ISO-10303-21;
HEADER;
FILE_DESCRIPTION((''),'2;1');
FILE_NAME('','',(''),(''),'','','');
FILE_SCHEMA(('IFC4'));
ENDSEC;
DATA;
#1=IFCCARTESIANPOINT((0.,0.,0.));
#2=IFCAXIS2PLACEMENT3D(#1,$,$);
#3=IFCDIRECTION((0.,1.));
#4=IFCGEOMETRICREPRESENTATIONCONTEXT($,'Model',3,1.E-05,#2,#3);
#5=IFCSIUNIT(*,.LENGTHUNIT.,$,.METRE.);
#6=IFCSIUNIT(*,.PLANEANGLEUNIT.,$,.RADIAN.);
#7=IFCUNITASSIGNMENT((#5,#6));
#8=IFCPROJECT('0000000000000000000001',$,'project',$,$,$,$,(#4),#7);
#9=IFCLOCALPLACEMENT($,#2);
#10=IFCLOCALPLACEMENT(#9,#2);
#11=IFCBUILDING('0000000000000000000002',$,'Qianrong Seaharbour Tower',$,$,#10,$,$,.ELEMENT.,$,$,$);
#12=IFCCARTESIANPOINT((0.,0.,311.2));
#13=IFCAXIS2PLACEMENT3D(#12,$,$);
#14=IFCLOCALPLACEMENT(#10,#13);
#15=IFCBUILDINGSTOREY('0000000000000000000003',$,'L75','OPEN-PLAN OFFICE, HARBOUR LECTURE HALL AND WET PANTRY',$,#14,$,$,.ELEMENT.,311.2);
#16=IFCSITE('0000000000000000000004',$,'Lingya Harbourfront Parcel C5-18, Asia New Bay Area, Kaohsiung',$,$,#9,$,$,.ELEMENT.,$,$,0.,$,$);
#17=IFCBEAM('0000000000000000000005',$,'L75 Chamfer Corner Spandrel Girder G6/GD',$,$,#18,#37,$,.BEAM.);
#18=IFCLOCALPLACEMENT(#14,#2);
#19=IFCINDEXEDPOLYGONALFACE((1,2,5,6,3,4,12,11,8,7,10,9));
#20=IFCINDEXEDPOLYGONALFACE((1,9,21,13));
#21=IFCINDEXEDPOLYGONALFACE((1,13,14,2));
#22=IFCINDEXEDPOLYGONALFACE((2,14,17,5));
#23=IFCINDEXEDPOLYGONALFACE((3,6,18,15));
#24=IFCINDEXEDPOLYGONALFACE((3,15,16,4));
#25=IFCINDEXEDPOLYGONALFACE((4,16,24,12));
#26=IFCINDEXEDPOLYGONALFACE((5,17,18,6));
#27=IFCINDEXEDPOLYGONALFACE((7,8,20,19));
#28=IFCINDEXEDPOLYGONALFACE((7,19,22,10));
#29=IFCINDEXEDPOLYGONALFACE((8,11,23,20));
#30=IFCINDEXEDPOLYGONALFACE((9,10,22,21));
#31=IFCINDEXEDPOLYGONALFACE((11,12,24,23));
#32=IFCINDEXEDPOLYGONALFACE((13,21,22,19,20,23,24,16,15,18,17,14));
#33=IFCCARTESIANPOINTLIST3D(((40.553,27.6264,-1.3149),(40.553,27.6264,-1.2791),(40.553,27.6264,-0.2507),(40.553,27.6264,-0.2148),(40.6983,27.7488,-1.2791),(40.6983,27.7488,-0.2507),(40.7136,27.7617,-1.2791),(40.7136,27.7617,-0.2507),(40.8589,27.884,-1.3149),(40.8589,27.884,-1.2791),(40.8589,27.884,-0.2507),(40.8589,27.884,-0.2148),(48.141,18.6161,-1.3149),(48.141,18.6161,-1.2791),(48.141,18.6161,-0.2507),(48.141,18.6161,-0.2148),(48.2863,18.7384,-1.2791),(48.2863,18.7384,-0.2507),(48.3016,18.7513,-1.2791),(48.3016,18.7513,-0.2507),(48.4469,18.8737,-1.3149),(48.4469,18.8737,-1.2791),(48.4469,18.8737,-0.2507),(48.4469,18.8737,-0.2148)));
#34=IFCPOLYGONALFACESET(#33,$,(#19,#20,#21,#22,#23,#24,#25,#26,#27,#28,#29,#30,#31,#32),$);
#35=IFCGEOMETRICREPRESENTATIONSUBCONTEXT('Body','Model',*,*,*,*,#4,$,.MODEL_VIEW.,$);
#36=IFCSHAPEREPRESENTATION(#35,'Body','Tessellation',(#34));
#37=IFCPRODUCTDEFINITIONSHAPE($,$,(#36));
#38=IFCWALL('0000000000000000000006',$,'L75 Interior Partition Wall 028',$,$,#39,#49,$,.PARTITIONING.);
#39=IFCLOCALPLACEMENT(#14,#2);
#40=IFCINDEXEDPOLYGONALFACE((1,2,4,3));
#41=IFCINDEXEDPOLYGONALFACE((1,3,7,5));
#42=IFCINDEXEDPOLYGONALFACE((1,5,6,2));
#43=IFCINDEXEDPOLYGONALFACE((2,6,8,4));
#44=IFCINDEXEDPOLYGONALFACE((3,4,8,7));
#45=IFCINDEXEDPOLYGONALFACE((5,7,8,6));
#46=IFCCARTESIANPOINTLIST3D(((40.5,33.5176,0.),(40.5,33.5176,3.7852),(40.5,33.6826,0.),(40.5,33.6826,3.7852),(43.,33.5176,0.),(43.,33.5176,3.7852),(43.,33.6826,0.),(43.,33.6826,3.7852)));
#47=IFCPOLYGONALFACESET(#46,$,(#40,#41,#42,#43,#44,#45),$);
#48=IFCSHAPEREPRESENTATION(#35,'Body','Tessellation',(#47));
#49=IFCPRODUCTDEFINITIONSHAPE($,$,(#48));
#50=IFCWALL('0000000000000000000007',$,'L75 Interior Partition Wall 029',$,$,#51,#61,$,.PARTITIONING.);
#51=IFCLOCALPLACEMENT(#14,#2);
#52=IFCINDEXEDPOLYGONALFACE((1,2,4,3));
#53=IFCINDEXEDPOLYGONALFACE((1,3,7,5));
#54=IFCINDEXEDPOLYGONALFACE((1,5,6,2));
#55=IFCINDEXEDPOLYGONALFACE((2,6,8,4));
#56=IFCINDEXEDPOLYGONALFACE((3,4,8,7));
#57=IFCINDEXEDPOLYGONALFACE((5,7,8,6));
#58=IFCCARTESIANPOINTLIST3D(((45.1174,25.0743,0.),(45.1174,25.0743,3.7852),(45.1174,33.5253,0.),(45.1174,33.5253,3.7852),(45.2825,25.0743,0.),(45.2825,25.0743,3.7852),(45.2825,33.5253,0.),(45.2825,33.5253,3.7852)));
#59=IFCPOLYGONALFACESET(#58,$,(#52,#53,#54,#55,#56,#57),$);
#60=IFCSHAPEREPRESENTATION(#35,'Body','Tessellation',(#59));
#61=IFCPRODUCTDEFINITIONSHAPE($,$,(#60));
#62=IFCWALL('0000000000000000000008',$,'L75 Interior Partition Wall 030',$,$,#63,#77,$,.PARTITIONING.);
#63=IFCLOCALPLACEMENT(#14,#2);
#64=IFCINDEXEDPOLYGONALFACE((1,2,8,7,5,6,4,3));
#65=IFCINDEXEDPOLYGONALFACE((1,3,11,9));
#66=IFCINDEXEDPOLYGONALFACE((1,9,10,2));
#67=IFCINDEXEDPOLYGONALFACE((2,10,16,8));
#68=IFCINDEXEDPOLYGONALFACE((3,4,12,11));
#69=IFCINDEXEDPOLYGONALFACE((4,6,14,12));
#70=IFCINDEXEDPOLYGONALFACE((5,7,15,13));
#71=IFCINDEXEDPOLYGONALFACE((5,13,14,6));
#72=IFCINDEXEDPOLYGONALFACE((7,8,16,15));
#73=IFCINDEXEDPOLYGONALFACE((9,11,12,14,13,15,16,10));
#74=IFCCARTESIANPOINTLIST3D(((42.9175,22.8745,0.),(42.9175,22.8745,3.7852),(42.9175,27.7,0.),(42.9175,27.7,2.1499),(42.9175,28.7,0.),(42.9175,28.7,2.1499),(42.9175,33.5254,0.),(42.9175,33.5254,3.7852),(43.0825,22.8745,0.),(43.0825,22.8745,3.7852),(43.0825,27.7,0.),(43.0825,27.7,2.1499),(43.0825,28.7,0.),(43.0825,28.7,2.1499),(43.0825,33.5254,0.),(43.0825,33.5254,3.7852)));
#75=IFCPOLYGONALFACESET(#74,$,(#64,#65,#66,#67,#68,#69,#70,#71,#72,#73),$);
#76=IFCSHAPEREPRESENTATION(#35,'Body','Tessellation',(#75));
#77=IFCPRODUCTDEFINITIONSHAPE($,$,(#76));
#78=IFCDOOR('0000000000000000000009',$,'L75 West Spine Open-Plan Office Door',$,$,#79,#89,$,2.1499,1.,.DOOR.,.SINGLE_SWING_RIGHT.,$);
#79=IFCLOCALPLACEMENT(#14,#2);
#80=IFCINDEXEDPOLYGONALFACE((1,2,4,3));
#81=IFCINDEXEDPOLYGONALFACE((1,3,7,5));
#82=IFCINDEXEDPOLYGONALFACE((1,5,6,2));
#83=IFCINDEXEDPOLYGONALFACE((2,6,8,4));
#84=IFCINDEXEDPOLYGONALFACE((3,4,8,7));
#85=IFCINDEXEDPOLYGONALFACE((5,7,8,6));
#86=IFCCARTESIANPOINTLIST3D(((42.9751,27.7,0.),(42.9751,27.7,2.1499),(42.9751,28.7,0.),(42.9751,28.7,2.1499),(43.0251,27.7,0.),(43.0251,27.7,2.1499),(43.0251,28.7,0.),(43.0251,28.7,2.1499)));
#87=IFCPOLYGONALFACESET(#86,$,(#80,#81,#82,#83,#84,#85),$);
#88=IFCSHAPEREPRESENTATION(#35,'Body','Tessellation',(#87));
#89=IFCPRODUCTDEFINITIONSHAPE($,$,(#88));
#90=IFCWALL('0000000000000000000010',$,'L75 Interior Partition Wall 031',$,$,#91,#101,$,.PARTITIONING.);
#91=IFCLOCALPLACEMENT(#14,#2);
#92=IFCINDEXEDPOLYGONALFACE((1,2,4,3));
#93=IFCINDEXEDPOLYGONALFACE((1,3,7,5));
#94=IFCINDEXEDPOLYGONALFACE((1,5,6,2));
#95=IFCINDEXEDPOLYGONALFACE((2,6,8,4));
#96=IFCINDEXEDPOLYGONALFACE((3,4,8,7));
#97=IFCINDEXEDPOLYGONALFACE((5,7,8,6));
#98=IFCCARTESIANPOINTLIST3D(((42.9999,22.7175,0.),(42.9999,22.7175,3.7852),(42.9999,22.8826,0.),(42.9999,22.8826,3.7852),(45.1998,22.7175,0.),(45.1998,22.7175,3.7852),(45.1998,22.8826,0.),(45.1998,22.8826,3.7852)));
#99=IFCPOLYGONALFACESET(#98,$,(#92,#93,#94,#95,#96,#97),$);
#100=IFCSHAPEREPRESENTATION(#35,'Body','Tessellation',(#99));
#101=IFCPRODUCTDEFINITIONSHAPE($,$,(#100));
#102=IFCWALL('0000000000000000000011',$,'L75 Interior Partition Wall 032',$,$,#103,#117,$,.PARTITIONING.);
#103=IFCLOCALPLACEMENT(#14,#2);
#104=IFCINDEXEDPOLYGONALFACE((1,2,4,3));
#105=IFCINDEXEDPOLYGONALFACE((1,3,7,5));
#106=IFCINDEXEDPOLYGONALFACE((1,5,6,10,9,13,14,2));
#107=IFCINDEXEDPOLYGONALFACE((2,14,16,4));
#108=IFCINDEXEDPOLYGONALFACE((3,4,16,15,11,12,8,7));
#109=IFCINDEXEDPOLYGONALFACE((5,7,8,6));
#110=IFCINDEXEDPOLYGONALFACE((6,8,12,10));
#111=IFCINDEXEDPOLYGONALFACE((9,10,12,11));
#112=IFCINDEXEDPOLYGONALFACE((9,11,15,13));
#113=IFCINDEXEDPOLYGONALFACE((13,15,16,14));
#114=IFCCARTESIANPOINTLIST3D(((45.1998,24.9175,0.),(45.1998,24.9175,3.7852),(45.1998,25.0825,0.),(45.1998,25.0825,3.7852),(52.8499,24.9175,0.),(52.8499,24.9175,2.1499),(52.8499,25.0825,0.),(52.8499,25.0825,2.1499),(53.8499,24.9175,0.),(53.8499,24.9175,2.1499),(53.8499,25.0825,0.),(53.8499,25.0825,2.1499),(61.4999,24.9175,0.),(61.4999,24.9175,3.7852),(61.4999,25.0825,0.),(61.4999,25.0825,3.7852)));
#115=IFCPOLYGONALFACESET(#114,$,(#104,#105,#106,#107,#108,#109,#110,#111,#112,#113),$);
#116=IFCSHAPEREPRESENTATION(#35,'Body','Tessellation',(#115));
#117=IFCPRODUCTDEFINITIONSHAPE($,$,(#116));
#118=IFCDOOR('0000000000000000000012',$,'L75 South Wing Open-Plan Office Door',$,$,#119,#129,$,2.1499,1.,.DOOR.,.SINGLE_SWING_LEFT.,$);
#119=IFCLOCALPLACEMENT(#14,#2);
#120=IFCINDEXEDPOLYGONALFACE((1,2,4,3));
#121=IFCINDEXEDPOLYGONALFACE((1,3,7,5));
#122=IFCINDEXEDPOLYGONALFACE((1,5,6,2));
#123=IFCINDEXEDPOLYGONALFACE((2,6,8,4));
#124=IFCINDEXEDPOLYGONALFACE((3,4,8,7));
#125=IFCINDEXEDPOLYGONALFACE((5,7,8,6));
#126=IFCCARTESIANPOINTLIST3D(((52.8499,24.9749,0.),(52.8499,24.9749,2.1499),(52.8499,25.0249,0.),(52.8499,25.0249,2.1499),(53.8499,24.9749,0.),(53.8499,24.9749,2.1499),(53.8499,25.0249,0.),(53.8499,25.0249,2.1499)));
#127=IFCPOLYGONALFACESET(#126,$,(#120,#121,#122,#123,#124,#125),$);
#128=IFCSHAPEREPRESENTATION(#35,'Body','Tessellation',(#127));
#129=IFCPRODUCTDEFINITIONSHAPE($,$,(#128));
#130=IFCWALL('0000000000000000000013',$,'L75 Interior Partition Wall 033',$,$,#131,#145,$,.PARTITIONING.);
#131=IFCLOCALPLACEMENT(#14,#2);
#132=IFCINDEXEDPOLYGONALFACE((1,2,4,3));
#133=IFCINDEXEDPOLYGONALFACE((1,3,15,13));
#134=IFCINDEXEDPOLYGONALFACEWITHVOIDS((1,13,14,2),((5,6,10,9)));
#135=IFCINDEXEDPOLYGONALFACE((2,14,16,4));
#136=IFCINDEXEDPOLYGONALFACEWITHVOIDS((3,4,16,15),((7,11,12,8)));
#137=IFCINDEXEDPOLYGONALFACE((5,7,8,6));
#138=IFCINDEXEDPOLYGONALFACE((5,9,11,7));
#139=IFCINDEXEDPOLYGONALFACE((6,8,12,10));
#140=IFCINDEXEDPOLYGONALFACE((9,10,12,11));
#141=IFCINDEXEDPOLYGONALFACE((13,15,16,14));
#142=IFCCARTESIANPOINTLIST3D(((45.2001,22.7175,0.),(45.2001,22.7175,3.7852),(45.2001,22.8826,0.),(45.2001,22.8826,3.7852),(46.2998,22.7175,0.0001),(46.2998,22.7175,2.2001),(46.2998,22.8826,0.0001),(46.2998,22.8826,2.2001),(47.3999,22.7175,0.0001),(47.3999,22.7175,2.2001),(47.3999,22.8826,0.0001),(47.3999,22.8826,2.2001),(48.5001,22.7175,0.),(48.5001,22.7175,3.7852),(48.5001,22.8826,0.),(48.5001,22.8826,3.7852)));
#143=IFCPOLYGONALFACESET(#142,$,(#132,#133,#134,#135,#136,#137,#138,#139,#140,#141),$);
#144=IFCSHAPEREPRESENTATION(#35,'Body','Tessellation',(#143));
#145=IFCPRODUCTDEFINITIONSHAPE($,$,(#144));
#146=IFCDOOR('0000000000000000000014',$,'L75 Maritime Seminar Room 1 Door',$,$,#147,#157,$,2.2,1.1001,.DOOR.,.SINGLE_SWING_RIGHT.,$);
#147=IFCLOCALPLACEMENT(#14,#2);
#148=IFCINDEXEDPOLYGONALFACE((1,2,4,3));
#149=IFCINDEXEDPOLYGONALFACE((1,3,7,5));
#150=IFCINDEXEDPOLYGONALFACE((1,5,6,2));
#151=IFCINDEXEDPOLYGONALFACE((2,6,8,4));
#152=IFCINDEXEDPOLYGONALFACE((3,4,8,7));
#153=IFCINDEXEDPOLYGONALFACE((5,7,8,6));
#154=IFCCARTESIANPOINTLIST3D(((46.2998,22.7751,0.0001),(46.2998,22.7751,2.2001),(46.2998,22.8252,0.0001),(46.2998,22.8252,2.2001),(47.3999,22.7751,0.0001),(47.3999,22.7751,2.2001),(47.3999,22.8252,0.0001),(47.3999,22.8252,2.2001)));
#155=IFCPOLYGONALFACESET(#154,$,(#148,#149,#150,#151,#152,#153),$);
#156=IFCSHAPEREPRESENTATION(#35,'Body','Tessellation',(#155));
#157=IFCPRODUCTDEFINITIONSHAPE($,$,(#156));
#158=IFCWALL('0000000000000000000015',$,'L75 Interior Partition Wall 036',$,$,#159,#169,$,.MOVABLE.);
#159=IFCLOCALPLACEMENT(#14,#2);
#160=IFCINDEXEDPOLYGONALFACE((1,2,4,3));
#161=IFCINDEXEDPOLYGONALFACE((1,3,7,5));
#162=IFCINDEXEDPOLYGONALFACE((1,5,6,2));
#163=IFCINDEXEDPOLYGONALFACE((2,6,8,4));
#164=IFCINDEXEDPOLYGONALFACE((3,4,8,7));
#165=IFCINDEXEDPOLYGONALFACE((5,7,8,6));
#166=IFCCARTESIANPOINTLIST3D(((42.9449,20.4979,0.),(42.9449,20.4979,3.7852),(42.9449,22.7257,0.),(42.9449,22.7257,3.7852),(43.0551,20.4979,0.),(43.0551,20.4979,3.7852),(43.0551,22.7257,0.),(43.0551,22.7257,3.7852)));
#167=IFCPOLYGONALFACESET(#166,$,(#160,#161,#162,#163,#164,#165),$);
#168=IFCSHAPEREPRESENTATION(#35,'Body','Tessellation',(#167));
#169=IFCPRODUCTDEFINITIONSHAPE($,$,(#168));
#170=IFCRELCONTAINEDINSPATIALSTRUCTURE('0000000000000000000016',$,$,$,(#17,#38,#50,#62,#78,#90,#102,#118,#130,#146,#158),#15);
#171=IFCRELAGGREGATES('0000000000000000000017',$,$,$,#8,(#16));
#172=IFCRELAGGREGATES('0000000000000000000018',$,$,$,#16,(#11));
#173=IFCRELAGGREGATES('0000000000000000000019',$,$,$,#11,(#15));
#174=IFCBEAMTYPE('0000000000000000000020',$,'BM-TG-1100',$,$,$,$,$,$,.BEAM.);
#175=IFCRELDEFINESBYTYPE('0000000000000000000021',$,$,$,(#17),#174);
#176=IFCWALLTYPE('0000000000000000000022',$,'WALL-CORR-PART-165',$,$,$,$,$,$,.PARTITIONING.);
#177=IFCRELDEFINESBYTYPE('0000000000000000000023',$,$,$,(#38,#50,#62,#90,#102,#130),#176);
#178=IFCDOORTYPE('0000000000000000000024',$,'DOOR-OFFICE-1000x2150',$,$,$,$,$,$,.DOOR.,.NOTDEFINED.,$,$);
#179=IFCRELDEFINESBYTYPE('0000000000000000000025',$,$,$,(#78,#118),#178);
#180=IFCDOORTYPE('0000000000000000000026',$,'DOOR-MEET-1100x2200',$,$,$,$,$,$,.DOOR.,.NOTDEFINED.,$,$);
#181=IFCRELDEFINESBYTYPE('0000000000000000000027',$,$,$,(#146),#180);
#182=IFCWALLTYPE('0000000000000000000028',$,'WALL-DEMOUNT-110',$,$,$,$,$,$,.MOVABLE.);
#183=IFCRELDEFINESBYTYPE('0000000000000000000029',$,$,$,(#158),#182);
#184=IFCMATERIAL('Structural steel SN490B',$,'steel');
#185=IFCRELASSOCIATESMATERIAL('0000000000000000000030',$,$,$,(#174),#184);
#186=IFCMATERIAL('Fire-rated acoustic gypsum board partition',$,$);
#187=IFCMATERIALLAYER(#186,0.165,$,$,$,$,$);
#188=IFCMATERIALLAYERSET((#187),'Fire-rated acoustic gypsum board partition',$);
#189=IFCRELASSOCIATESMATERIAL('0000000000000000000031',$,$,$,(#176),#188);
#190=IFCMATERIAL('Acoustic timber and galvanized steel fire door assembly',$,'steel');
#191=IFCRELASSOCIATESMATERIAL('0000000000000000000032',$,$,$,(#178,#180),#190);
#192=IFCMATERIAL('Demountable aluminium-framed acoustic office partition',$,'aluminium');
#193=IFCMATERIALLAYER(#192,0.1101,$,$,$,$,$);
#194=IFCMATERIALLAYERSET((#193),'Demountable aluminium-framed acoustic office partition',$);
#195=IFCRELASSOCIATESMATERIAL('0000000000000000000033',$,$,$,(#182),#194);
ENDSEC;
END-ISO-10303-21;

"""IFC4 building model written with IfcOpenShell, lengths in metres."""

from ifc_helpers import new_model, si_unit, direction, frame, frame_2d, origin, origin_2d, place, context, subcontext, project, spatial, rectangle, i_section, extrude, material, layer, layer_set, material_profile, profile_set, type_object, element, fill, save


model = new_model("IFC4")

# Units and contexts
model_context = context("Model", 3, precision=1e-05, world=origin(), true_north=direction((0.0, 1.0)))
body_context = subcontext(model_context, "Body", "Model", "MODEL_VIEW")
ifc_project = project(units=[si_unit("LENGTHUNIT", "METRE"), si_unit("PLANEANGLEUNIT", "RADIAN")], contexts=[model_context])

# Site, building, storey
site_placement = place(None, origin())
site = spatial("IfcSite", under=ifc_project, at=site_placement, Name="Lingya Harbourfront Parcel C5-18, Asia New Bay Area, Kaohsiung", CompositionType="ELEMENT", RefElevation=0.0)
building_placement = place(site_placement, origin())
building = spatial("IfcBuilding", under=site, at=building_placement, Name="Qianrong Seaharbour Tower", CompositionType="ELEMENT")
storey_placement = place(building_placement, frame((0.0, 0.0, 311.2)))
storey = spatial("IfcBuildingStorey", under=building, at=storey_placement, Name="L75", Description="OPEN-PLAN OFFICE, HARBOUR LECTURE HALL AND WET PANTRY", CompositionType="ELEMENT", Elevation=311.2)

# Beam
ifc_material_1 = material(Name="Structural steel SN490B", Category="steel")
ifc_material_profile_1 = material_profile(ifc_material_1, i_section(OverallWidth=0.3999, OverallDepth=1.1001, WebThickness=0.02, FlangeThickness=0.0359, at=origin_2d()), Name="BH1100x400x20x36")
ifc_profile_set_1 = profile_set([ifc_material_profile_1], Name="Structural steel SN490B")
beam_type_1 = type_object("IfcBeamType", Name="BM-TG-1100", PredefinedType="BEAM", material=ifc_profile_set_1)
beam_1_placement = place(storey_placement, frame((48.2939, 18.7449, -0.7649), z_axis=(-0.644151, 0.764898, 0.0), x_axis=(-0.764898, -0.644151, 0.0)))
element("IfcBeam", 1, at=beam_1_placement, inside=storey, type_object=beam_type_1, Name="L75 Chamfer Corner Spandrel Girder G6/GD", PredefinedType="BEAM", context=body_context, shape_type="SweptSolid", body=[
    extrude(i_section(OverallWidth=0.3999, OverallDepth=1.1001, WebThickness=0.02, FlangeThickness=0.0359, at=origin_2d()), origin(), (0.0, 0.0, 1.0), 11.7798),
])

# Shared definitions
ifc_material_2 = material(Name="Fire-rated acoustic gypsum board partition")
ifc_layer_1 = layer(ifc_material_2, 0.165)
ifc_layer_set_1 = layer_set([ifc_layer_1], Name="Fire-rated acoustic gypsum board partition")
wall_type_1 = type_object("IfcWallType", Name="WALL-CORR-PART-165", PredefinedType="PARTITIONING", material=ifc_layer_set_1)
ifc_material_3 = material(Name="Acoustic timber and galvanized steel fire door assembly", Category="steel")

# Walls
wall_1_placement = place(storey_placement, frame((43.0, 33.6001, 0.0), z_axis=(0.0, 0.0, 1.0), x_axis=(-1.0, 0.0, 0.0)))
element("IfcWall", 2, at=wall_1_placement, inside=storey, type_object=wall_type_1, Name="L75 Interior Partition Wall 028", PredefinedType="PARTITIONING", context=body_context, shape_type="SweptSolid", body=[
    extrude(rectangle(XDim=2.5, YDim=0.165, at=frame_2d((1.25, 0.0))), origin(), (0.0, 0.0, 1.0), 3.7852),
])
wall_2_placement = place(storey_placement, frame((45.2, 33.5254, 0.0), z_axis=(0.0, 0.0, 1.0), x_axis=(0.0, -1.0, 0.0)))
element("IfcWall", 3, at=wall_2_placement, inside=storey, type_object=wall_type_1, Name="L75 Interior Partition Wall 029", PredefinedType="PARTITIONING", context=body_context, shape_type="SweptSolid", body=[
    extrude(rectangle(XDim=8.4509, YDim=0.165, at=frame_2d((4.2256, 0.0))), origin(), (0.0, 0.0, 1.0), 3.7852),
])

# Wall, opening, door
wall_3_placement = place(storey_placement, frame((43.0, 22.8745, 0.0), z_axis=(0.0, 0.0, 1.0), x_axis=(0.0, 1.0, 0.0)))
wall_3 = element("IfcWall", 4, at=wall_3_placement, inside=storey, type_object=wall_type_1, Name="L75 Interior Partition Wall 030", PredefinedType="PARTITIONING", context=body_context, shape_type="SweptSolid", body=[
    extrude(rectangle(XDim=10.6509, YDim=0.165, at=frame_2d((5.3254, 0.0))), origin(), (0.0, 0.0, 1.0), 3.7852),
])
opening_1_placement = place(wall_3_placement, frame((4.8254, 0.0, 0.0)))
opening_1 = element("IfcOpeningElement", 5, at=opening_1_placement, cuts=wall_3, PredefinedType="OPENING", context=body_context, shape_type="SweptSolid", body=[
    extrude(rectangle(XDim=1.0, YDim=2.1499, at=frame_2d((0.5, 1.075))), frame((0.0, 0.0925, 0.0), z_axis=(0.0, -1.0, 0.0), x_axis=(1.0, 0.0, 0.0)), (0.0, 0.0, 1.0), 0.1851),
])
door_type_1 = type_object("IfcDoorType", Name="DOOR-OFFICE-1000x2150", OperationType="NOTDEFINED", PredefinedType="DOOR", material=ifc_material_3)
door_1_placement = place(opening_1_placement, origin())
door_1 = element("IfcDoor", 6, at=door_1_placement, inside=storey, type_object=door_type_1, Name="L75 West Spine Open-Plan Office Door", OperationType="SINGLE_SWING_RIGHT", OverallHeight=2.1499, OverallWidth=1.0, PredefinedType="DOOR", context=body_context, shape_type="SweptSolid", body=[
    extrude(rectangle(XDim=1.0, YDim=2.1499, at=frame_2d((0.5, 1.075))), frame((0.0, 0.0249, 0.0), z_axis=(0.0, -1.0, 0.0), x_axis=(1.0, 0.0, 0.0)), (0.0, 0.0, 1.0), 0.05),
])
fill(opening_1, door_1)

# Wall
wall_4_placement = place(storey_placement, frame((45.2, 22.8, 0.0), z_axis=(0.0, 0.0, 1.0), x_axis=(-1.0, 0.0, 0.0)))
element("IfcWall", 7, at=wall_4_placement, inside=storey, type_object=wall_type_1, Name="L75 Interior Partition Wall 031", PredefinedType="PARTITIONING", context=body_context, shape_type="SweptSolid", body=[
    extrude(rectangle(XDim=2.2, YDim=0.165, at=frame_2d((1.1001, 0.0))), origin(), (0.0, 0.0, 1.0), 3.7852),
])

# Walls, openings, doors
wall_5_placement = place(storey_placement, frame((45.2, 25.0, 0.0), z_axis=(0.0, 0.0, 1.0), x_axis=(1.0, 0.0, 0.0)))
wall_5 = element("IfcWall", 8, at=wall_5_placement, inside=storey, type_object=wall_type_1, Name="L75 Interior Partition Wall 032", PredefinedType="PARTITIONING", context=body_context, shape_type="SweptSolid", body=[
    extrude(rectangle(XDim=16.3, YDim=0.165, at=frame_2d((8.1499, 0.0))), origin(), (0.0, 0.0, 1.0), 3.7852),
])
opening_2_placement = place(wall_5_placement, frame((7.6499, 0.0, 0.0)))
opening_2 = element("IfcOpeningElement", 9, at=opening_2_placement, cuts=wall_5, PredefinedType="OPENING", context=body_context, shape_type="SweptSolid", body=[
    extrude(rectangle(XDim=1.0, YDim=2.1499, at=frame_2d((0.5, 1.075))), frame((0.0, 0.0925, 0.0), z_axis=(0.0, -1.0, 0.0), x_axis=(1.0, 0.0, 0.0)), (0.0, 0.0, 1.0), 0.1851),
])
door_2_placement = place(opening_2_placement, origin())
door_2 = element("IfcDoor", 10, at=door_2_placement, inside=storey, type_object=door_type_1, Name="L75 South Wing Open-Plan Office Door", OperationType="SINGLE_SWING_LEFT", OverallHeight=2.1499, OverallWidth=1.0, PredefinedType="DOOR", context=body_context, shape_type="SweptSolid", body=[
    extrude(rectangle(XDim=1.0, YDim=2.1499, at=frame_2d((0.5, 1.075))), frame((0.0, 0.0249, 0.0), z_axis=(0.0, -1.0, 0.0), x_axis=(1.0, 0.0, 0.0)), (0.0, 0.0, 1.0), 0.05),
])
fill(opening_2, door_2)
wall_6_placement = place(storey_placement, frame((48.5, 22.8, 0.0), z_axis=(0.0, 0.0, 1.0), x_axis=(-1.0, 0.0, 0.0)))
wall_6 = element("IfcWall", 11, at=wall_6_placement, inside=storey, type_object=wall_type_1, Name="L75 Interior Partition Wall 033", PredefinedType="PARTITIONING", context=body_context, shape_type="SweptSolid", body=[
    extrude(rectangle(XDim=3.3, YDim=0.165, at=frame_2d((1.6499, 0.0))), origin(), (0.0, 0.0, 1.0), 3.7852),
])
opening_3_placement = place(wall_6_placement, frame((1.1001, 0.0, 0.0)))
opening_3 = element("IfcOpeningElement", 12, at=opening_3_placement, cuts=wall_6, PredefinedType="OPENING", context=body_context, shape_type="SweptSolid", body=[
    extrude(rectangle(XDim=1.1001, YDim=2.2, at=frame_2d((0.55, 1.1001))), frame((0.0, 0.0925, 0.0), z_axis=(0.0, -1.0, 0.0), x_axis=(1.0, 0.0, 0.0)), (0.0, 0.0, 1.0), 0.1851),
])
door_type_2 = type_object("IfcDoorType", Name="DOOR-MEET-1100x2200", OperationType="NOTDEFINED", PredefinedType="DOOR", material=ifc_material_3)
door_3_placement = place(opening_3_placement, origin())
door_3 = element("IfcDoor", 13, at=door_3_placement, inside=storey, type_object=door_type_2, Name="L75 Maritime Seminar Room 1 Door", OperationType="SINGLE_SWING_RIGHT", OverallHeight=2.2, OverallWidth=1.1001, PredefinedType="DOOR", context=body_context, shape_type="SweptSolid", body=[
    extrude(rectangle(XDim=1.1001, YDim=2.2, at=frame_2d((0.55, 1.1001))), frame((0.0, 0.0249, 0.0), z_axis=(0.0, -1.0, 0.0), x_axis=(1.0, 0.0, 0.0)), (0.0, 0.0, 1.0), 0.05),
])
fill(opening_3, door_3)

# Wall
ifc_material_4 = material(Name="Demountable aluminium-framed acoustic office partition", Category="aluminium")
ifc_layer_2 = layer(ifc_material_4, 0.1101)
ifc_layer_set_2 = layer_set([ifc_layer_2], Name="Demountable aluminium-framed acoustic office partition")
wall_type_2 = type_object("IfcWallType", Name="WALL-DEMOUNT-110", PredefinedType="MOVABLE", material=ifc_layer_set_2)
wall_7_placement = place(storey_placement, frame((43.0, 22.7256, 0.0), z_axis=(0.0, 0.0, 1.0), x_axis=(0.0, -1.0, 0.0)))
element("IfcWall", 14, at=wall_7_placement, inside=storey, type_object=wall_type_2, Name="L75 Interior Partition Wall 036", PredefinedType="MOVABLE", context=body_context, shape_type="SweptSolid", body=[
    extrude(rectangle(XDim=2.2278, YDim=0.1101, at=frame_2d((1.1138, 0.0))), origin(), (0.0, 0.0, 1.0), 3.7852),
])

save(model, "model.ifc")
